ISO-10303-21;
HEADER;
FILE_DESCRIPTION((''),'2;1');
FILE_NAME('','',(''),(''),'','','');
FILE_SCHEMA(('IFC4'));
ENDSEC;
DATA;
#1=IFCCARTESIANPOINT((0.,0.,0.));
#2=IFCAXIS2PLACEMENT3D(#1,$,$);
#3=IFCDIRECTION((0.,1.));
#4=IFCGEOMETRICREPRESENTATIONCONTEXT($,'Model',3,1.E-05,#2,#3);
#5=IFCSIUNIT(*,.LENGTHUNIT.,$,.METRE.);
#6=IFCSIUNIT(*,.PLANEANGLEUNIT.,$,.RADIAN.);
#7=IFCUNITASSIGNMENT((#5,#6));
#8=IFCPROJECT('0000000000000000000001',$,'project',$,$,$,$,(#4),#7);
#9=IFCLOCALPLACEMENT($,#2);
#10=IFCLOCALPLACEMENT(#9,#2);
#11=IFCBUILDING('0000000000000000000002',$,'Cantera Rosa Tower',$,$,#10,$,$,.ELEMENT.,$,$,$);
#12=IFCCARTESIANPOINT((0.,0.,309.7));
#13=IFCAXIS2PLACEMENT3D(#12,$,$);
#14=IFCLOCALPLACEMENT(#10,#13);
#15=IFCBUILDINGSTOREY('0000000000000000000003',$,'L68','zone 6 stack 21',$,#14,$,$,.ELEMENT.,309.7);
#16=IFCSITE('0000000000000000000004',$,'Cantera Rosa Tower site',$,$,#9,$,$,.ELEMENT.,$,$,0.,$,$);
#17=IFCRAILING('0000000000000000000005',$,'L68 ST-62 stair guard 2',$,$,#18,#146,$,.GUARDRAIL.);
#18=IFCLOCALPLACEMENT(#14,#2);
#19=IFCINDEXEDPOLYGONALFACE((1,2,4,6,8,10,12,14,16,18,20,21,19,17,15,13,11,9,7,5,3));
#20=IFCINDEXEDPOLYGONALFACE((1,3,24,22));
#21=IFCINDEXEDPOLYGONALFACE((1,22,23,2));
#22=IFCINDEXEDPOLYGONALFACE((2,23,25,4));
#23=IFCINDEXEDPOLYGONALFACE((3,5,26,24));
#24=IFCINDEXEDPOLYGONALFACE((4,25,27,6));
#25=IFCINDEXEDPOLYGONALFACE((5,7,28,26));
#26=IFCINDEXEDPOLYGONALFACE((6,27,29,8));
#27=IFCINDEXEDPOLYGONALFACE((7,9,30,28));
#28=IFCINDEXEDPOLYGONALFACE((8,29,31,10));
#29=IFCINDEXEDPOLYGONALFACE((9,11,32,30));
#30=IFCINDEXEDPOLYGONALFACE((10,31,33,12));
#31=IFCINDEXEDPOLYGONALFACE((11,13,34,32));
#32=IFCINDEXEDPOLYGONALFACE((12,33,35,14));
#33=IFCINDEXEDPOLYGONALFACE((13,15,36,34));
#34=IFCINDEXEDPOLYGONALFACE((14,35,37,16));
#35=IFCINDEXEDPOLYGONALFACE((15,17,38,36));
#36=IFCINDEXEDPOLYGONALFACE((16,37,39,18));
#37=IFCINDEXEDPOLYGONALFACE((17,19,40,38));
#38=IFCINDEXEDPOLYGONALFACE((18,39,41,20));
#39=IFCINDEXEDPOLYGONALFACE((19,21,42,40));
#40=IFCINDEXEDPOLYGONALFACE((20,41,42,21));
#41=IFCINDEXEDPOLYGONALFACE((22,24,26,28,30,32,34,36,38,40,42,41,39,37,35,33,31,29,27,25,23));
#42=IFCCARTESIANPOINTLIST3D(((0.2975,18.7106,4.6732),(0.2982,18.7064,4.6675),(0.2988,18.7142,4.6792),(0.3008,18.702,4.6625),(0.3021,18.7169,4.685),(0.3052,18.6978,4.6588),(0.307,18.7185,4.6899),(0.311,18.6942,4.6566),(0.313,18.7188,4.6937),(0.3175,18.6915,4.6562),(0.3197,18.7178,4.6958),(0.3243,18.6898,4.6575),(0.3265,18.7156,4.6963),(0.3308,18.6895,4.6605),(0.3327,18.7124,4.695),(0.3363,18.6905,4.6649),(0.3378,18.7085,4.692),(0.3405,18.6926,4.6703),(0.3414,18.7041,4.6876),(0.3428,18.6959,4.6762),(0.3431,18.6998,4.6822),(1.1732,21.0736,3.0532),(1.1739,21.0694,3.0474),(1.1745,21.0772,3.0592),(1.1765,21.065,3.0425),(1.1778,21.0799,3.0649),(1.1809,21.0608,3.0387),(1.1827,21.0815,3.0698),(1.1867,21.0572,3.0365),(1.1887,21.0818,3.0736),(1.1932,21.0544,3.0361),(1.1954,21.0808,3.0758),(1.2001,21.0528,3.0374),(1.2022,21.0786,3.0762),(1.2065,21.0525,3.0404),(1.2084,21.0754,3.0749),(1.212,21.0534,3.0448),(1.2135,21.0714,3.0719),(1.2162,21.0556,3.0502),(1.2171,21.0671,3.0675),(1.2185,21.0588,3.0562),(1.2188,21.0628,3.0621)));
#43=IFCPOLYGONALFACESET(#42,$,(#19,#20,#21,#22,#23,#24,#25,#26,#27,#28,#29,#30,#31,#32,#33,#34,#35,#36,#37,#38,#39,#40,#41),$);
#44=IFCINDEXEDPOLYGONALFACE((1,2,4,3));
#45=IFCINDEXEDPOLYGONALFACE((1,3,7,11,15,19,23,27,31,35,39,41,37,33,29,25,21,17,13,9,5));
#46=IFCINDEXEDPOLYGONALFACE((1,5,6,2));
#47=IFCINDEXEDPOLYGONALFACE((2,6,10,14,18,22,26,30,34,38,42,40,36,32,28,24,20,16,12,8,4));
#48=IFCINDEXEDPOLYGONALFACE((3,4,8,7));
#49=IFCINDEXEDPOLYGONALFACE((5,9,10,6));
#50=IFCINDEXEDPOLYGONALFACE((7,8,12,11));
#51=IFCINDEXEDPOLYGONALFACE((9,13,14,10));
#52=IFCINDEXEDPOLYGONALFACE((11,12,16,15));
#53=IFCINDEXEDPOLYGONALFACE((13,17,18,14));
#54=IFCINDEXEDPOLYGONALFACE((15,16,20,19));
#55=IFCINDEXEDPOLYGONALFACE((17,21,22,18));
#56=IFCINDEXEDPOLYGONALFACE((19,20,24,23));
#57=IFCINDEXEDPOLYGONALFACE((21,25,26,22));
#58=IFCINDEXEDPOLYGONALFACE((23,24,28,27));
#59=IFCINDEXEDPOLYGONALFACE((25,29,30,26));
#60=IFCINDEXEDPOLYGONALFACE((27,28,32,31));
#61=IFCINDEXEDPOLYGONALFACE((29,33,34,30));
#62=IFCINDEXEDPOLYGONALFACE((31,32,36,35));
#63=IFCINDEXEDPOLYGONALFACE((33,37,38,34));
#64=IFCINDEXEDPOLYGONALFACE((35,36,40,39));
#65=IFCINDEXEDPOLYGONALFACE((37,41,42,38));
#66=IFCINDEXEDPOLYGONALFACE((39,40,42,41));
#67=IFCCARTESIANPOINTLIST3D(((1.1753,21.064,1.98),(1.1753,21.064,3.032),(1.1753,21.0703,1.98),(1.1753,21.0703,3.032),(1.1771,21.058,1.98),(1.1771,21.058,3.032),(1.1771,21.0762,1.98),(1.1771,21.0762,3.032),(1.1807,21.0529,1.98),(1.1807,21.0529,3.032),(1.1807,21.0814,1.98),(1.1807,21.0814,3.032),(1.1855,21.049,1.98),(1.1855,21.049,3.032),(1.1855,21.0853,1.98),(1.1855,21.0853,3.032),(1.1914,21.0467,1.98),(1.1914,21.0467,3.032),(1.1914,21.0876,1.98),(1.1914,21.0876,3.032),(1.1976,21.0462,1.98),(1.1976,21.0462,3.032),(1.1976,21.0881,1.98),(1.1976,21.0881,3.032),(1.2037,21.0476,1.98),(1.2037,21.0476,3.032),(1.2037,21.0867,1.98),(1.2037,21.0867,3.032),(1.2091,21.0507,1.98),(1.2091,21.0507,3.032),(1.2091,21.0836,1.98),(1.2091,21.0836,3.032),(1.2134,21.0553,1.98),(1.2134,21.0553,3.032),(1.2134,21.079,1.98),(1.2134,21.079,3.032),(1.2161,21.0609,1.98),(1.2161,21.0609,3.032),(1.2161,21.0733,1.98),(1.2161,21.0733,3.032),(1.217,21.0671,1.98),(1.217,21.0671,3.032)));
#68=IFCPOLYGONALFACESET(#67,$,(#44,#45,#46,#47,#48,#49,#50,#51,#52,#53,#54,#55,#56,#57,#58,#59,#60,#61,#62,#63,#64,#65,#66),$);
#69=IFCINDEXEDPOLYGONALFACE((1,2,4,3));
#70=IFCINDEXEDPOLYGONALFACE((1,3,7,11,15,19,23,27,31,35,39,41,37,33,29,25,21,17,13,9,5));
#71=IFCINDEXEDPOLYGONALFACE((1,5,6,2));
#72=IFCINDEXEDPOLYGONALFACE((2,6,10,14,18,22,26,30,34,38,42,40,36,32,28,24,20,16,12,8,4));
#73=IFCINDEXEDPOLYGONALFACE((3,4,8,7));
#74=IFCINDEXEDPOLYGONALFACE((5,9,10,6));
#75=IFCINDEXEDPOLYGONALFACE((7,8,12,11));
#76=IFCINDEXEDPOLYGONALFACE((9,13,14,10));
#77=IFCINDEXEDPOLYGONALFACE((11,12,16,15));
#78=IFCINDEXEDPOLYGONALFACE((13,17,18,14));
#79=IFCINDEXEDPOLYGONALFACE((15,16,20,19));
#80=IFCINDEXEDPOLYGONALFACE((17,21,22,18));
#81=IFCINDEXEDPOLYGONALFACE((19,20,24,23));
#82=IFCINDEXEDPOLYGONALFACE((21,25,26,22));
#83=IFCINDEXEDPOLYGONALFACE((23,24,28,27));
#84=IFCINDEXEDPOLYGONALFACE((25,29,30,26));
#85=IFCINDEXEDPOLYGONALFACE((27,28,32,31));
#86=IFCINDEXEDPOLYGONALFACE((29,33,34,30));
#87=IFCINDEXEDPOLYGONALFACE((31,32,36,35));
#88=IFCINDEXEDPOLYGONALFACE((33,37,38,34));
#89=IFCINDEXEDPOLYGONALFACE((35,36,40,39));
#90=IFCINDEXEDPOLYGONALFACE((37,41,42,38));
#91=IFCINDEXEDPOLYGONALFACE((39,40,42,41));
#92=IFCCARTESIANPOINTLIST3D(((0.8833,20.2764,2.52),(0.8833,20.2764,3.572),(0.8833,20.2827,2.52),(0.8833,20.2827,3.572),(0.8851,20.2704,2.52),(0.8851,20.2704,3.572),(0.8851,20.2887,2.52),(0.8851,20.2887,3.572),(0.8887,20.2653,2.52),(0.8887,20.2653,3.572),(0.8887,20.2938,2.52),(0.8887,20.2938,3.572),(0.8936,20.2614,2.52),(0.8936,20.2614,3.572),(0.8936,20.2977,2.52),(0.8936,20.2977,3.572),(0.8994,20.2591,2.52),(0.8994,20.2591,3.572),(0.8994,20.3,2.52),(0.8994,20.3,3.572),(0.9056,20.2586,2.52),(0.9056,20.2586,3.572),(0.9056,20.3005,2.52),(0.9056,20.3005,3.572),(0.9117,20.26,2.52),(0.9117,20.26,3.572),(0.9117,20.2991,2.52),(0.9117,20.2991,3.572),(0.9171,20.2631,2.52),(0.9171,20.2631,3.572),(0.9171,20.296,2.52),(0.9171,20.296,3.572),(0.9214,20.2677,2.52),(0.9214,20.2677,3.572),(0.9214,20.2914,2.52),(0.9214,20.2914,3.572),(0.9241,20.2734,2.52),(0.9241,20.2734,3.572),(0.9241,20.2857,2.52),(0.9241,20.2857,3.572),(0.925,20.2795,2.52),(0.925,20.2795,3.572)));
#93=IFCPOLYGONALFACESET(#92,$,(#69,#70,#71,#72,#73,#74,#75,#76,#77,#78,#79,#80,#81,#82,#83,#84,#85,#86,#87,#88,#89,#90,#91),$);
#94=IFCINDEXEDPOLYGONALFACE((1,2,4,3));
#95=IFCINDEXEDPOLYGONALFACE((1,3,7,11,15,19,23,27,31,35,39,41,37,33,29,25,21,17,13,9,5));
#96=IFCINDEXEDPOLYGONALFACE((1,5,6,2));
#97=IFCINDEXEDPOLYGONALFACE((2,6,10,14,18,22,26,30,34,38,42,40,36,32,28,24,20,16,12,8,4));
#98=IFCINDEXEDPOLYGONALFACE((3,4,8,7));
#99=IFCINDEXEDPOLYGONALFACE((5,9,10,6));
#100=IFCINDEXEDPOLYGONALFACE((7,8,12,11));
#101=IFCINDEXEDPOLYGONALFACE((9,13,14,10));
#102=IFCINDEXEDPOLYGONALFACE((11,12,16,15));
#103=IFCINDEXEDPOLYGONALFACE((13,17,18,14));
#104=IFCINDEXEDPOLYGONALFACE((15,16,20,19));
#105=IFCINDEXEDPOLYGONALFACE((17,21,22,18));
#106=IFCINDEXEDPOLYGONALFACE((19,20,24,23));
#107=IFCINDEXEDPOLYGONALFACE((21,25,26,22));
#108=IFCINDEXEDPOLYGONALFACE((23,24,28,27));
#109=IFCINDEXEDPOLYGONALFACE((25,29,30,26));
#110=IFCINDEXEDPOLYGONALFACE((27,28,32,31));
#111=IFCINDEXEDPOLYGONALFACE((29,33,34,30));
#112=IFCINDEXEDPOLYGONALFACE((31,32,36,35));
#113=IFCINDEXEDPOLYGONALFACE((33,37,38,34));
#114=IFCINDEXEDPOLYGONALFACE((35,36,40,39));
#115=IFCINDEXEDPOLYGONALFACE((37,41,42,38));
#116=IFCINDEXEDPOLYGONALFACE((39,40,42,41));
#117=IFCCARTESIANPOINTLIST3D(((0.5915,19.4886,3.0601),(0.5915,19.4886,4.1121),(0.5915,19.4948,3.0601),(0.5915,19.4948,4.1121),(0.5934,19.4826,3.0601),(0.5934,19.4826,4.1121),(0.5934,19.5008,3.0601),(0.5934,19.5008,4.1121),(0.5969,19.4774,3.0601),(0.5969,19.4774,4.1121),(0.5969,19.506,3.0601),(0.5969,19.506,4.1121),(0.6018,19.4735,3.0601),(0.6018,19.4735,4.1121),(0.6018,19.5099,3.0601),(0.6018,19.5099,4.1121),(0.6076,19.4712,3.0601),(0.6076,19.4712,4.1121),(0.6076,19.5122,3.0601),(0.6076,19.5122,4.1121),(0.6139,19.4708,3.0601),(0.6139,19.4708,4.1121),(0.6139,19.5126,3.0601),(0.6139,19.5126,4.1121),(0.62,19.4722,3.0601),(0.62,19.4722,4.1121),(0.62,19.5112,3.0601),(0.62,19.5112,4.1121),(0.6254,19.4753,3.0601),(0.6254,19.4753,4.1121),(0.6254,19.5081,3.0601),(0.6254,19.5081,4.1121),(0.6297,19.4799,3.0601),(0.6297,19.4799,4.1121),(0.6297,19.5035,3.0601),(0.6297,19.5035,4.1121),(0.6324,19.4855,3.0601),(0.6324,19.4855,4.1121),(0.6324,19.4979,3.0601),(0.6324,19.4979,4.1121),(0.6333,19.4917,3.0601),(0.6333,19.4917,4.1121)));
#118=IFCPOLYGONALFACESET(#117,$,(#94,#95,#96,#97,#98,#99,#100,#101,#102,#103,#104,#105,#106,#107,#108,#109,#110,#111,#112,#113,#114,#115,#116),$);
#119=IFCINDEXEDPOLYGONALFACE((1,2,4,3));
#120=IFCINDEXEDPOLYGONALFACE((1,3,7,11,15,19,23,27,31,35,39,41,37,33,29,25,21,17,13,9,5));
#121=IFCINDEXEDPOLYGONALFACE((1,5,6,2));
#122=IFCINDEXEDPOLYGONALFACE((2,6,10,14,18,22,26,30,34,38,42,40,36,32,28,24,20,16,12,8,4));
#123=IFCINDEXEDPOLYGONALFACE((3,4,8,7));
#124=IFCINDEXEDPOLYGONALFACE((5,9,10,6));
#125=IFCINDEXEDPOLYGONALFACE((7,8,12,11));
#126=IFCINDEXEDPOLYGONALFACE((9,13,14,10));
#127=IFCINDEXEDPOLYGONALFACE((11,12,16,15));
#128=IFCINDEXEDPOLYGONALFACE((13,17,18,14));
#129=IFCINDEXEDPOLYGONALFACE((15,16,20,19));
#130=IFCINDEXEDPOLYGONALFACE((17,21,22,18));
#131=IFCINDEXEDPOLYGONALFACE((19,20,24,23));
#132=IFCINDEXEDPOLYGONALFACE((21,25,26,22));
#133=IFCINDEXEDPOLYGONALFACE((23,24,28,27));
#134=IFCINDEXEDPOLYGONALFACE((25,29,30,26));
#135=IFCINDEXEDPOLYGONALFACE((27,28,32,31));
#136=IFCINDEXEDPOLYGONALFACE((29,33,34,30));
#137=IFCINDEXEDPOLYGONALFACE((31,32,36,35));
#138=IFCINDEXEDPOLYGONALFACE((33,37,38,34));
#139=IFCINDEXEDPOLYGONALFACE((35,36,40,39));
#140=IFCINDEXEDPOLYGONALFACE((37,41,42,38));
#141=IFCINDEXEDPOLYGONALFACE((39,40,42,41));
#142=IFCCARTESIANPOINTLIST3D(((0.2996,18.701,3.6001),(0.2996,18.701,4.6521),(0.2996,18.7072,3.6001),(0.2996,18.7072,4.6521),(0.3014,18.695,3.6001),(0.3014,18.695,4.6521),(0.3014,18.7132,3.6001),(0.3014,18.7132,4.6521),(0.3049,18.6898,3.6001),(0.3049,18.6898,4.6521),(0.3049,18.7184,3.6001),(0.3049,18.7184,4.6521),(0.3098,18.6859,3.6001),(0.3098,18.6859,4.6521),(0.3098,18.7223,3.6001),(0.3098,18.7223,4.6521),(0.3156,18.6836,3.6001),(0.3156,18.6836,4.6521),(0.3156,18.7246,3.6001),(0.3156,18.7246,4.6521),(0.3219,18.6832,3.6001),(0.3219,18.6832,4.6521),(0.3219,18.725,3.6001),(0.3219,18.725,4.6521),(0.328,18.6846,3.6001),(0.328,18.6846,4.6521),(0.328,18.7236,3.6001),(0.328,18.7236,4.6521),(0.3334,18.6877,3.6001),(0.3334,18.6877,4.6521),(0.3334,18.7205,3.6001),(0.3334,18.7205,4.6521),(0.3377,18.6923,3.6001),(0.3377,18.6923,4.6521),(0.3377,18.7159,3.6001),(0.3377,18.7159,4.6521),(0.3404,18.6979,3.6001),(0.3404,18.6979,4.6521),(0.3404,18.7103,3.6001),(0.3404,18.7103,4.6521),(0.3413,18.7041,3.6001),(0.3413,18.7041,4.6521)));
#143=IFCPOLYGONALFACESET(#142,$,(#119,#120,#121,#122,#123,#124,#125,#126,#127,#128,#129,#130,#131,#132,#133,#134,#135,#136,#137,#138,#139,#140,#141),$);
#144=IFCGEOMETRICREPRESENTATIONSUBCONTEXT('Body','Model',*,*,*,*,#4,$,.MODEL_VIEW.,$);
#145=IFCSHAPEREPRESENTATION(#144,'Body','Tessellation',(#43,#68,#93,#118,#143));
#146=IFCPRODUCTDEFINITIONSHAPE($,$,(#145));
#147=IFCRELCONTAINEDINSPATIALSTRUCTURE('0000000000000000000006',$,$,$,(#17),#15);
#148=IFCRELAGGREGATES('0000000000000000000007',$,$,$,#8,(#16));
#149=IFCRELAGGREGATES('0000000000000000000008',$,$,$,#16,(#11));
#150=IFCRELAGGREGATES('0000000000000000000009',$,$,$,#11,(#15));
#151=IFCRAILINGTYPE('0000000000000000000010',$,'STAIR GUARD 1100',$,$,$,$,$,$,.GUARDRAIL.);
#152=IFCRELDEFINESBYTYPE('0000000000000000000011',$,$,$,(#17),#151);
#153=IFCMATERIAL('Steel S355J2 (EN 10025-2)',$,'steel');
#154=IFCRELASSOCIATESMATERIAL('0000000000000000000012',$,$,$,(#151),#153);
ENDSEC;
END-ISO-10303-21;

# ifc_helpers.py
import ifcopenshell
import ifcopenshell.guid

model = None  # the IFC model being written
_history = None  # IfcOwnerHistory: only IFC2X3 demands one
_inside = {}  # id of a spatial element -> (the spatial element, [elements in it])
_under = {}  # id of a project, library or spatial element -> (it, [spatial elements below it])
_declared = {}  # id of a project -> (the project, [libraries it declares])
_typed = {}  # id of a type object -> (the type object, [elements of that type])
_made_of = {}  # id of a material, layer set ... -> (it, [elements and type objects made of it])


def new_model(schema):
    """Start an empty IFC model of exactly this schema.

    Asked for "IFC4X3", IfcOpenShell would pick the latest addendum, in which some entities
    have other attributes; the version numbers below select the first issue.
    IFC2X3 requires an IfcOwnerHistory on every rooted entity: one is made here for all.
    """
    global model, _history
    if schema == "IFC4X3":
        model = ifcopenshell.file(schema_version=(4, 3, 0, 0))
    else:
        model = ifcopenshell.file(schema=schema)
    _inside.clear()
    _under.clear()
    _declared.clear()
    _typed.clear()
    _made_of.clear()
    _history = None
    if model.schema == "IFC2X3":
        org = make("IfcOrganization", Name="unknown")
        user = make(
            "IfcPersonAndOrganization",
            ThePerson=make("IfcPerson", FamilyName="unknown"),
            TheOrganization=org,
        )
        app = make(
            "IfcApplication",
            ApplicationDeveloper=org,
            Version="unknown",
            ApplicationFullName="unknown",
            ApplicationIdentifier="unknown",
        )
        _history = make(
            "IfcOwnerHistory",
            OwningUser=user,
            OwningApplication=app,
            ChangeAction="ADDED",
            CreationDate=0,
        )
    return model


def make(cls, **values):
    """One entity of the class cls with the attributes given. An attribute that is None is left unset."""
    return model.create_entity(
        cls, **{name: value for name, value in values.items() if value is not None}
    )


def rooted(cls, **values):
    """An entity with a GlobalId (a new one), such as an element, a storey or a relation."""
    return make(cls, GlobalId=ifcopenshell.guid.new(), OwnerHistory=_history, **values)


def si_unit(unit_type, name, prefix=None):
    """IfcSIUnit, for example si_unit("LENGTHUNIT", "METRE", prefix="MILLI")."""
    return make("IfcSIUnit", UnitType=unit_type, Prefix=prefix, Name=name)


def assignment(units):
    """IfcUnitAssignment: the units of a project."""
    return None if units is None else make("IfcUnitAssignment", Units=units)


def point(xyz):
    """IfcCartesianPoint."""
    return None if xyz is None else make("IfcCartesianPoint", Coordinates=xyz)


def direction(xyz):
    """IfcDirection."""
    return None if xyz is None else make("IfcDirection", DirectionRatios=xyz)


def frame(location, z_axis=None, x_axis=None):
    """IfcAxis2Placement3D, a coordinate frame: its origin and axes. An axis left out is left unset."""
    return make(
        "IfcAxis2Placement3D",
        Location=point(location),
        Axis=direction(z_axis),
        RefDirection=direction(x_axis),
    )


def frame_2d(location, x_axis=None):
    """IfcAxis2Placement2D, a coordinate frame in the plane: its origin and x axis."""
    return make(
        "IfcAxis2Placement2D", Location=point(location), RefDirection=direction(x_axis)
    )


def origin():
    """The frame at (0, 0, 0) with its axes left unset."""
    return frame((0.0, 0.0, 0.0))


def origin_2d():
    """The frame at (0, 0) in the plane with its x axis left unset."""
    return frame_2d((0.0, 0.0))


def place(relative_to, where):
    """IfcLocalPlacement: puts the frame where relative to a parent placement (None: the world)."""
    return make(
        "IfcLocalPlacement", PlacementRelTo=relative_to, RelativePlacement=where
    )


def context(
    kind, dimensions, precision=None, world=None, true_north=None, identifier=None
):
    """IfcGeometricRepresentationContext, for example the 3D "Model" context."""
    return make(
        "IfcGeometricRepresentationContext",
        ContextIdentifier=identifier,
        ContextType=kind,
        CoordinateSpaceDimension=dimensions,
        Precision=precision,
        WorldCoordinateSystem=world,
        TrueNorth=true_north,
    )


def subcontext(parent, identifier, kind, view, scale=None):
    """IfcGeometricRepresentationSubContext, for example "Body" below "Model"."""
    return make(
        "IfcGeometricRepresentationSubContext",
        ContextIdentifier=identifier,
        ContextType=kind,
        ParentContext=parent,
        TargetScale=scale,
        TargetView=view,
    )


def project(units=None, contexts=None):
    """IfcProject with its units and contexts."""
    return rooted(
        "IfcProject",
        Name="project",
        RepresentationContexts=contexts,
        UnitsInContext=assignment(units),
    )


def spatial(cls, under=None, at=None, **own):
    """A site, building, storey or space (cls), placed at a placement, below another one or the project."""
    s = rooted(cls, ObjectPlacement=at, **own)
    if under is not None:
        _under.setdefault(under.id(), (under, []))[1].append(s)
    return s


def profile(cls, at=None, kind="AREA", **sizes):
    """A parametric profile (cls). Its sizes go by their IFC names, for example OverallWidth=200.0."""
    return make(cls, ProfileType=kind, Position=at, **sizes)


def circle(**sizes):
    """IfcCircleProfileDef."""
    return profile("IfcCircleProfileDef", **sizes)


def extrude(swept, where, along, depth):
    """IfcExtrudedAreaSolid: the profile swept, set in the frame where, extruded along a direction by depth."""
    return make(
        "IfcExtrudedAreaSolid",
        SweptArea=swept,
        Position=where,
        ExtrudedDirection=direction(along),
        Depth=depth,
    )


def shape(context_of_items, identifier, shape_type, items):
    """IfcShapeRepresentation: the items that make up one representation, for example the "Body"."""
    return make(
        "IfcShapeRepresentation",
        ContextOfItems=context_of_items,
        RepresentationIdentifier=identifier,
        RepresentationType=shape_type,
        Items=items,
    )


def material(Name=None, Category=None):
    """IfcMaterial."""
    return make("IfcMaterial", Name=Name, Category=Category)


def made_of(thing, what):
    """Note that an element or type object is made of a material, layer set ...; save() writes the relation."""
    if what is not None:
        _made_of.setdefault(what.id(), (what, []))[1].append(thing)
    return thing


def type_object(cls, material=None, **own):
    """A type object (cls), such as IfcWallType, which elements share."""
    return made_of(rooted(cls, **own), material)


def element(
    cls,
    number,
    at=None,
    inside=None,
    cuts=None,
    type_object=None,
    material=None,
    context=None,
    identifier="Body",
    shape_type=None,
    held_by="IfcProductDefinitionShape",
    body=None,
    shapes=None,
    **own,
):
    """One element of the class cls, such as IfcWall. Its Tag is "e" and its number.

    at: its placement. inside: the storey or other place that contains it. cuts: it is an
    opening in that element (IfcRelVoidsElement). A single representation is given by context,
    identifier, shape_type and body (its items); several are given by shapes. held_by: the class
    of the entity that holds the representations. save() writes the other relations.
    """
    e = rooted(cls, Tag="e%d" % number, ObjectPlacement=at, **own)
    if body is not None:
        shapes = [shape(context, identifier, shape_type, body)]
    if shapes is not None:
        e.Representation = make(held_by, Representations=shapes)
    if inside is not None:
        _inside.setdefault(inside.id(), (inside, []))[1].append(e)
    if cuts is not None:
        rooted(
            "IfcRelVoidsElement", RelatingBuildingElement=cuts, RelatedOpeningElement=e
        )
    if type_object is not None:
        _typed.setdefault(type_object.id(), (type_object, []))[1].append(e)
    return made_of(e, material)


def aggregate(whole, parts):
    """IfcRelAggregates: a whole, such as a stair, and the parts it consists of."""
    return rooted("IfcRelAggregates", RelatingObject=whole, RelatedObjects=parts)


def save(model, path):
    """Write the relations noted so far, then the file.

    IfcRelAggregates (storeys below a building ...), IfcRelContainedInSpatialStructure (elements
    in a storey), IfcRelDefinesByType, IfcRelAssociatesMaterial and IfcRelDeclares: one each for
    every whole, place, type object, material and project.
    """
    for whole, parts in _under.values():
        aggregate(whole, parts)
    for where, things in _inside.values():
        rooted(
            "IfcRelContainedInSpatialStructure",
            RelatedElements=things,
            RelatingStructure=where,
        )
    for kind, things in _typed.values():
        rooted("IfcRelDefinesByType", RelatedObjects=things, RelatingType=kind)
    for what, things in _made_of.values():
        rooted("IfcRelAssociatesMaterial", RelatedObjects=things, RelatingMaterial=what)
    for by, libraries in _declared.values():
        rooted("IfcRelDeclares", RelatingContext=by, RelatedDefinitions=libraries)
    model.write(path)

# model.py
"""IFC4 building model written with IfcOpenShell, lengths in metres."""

from ifc_helpers import new_model, si_unit, direction, frame, origin, origin_2d, place, context, subcontext, project, spatial, circle, extrude, material, type_object, element, save


model = new_model("IFC4")

# Units and contexts
model_context = context("Model", 3, precision=1e-05, world=origin(), true_north=direction((0.0, 1.0)))
body_context = subcontext(model_context, "Body", "Model", "MODEL_VIEW")
ifc_project = project(units=[si_unit("LENGTHUNIT", "METRE"), si_unit("PLANEANGLEUNIT", "RADIAN")], contexts=[model_context])

# Site, building, storey
site_placement = place(None, origin())
site = spatial("IfcSite", under=ifc_project, at=site_placement, Name="Cantera Rosa Tower site", CompositionType="ELEMENT", RefElevation=0.0)
building_placement = place(site_placement, origin())
building = spatial("IfcBuilding", under=site, at=building_placement, Name="Cantera Rosa Tower", CompositionType="ELEMENT")
storey_placement = place(building_placement, frame((0.0, 0.0, 309.7)))
storey = spatial("IfcBuildingStorey", under=building, at=storey_placement, Name="L68", Description="zone 6 stack 21", CompositionType="ELEMENT", Elevation=309.7)

# Railing
ifc_material_1 = material(Name="Steel S355J2 (EN 10025-2)", Category="steel")
railing_type_1 = type_object("IfcRailingType", Name="STAIR GUARD 1100", PredefinedType="GUARDRAIL", material=ifc_material_1)
railing_1_placement = place(storey_placement, frame((1.196, 21.0671, 1.98)))
element("IfcRailing", 1, at=railing_1_placement, inside=storey, type_object=railing_type_1, Name="L68 ST-62 stair guard 2", PredefinedType="GUARDRAIL", context=body_context, shape_type="SweptSolid", body=[
    extrude(circle(Radius=0.0239, at=origin_2d()), frame((0.0, 0.0, 1.0762), z_axis=(-0.292307, -0.788748, 0.540772), x_axis=(0.93768, -0.347501, 0.0)), (0.0, 0.0, 1.0), 2.9958),
    extrude(circle(Radius=0.021, at=origin_2d()), origin(), (0.0, 0.0, 1.0), 1.052),
    extrude(circle(Radius=0.021, at=origin_2d()), frame((-0.292, -0.7876, 0.54)), (0.0, 0.0, 1.0), 1.052),
    extrude(circle(Radius=0.021, at=origin_2d()), frame((-0.5837, -1.5754, 1.0801)), (0.0, 0.0, 1.0), 1.052),
    extrude(circle(Radius=0.021, at=origin_2d()), frame((-0.8757, -2.363, 1.6201)), (0.0, 0.0, 1.0), 1.052),
])

save(model, "model.ifc")
